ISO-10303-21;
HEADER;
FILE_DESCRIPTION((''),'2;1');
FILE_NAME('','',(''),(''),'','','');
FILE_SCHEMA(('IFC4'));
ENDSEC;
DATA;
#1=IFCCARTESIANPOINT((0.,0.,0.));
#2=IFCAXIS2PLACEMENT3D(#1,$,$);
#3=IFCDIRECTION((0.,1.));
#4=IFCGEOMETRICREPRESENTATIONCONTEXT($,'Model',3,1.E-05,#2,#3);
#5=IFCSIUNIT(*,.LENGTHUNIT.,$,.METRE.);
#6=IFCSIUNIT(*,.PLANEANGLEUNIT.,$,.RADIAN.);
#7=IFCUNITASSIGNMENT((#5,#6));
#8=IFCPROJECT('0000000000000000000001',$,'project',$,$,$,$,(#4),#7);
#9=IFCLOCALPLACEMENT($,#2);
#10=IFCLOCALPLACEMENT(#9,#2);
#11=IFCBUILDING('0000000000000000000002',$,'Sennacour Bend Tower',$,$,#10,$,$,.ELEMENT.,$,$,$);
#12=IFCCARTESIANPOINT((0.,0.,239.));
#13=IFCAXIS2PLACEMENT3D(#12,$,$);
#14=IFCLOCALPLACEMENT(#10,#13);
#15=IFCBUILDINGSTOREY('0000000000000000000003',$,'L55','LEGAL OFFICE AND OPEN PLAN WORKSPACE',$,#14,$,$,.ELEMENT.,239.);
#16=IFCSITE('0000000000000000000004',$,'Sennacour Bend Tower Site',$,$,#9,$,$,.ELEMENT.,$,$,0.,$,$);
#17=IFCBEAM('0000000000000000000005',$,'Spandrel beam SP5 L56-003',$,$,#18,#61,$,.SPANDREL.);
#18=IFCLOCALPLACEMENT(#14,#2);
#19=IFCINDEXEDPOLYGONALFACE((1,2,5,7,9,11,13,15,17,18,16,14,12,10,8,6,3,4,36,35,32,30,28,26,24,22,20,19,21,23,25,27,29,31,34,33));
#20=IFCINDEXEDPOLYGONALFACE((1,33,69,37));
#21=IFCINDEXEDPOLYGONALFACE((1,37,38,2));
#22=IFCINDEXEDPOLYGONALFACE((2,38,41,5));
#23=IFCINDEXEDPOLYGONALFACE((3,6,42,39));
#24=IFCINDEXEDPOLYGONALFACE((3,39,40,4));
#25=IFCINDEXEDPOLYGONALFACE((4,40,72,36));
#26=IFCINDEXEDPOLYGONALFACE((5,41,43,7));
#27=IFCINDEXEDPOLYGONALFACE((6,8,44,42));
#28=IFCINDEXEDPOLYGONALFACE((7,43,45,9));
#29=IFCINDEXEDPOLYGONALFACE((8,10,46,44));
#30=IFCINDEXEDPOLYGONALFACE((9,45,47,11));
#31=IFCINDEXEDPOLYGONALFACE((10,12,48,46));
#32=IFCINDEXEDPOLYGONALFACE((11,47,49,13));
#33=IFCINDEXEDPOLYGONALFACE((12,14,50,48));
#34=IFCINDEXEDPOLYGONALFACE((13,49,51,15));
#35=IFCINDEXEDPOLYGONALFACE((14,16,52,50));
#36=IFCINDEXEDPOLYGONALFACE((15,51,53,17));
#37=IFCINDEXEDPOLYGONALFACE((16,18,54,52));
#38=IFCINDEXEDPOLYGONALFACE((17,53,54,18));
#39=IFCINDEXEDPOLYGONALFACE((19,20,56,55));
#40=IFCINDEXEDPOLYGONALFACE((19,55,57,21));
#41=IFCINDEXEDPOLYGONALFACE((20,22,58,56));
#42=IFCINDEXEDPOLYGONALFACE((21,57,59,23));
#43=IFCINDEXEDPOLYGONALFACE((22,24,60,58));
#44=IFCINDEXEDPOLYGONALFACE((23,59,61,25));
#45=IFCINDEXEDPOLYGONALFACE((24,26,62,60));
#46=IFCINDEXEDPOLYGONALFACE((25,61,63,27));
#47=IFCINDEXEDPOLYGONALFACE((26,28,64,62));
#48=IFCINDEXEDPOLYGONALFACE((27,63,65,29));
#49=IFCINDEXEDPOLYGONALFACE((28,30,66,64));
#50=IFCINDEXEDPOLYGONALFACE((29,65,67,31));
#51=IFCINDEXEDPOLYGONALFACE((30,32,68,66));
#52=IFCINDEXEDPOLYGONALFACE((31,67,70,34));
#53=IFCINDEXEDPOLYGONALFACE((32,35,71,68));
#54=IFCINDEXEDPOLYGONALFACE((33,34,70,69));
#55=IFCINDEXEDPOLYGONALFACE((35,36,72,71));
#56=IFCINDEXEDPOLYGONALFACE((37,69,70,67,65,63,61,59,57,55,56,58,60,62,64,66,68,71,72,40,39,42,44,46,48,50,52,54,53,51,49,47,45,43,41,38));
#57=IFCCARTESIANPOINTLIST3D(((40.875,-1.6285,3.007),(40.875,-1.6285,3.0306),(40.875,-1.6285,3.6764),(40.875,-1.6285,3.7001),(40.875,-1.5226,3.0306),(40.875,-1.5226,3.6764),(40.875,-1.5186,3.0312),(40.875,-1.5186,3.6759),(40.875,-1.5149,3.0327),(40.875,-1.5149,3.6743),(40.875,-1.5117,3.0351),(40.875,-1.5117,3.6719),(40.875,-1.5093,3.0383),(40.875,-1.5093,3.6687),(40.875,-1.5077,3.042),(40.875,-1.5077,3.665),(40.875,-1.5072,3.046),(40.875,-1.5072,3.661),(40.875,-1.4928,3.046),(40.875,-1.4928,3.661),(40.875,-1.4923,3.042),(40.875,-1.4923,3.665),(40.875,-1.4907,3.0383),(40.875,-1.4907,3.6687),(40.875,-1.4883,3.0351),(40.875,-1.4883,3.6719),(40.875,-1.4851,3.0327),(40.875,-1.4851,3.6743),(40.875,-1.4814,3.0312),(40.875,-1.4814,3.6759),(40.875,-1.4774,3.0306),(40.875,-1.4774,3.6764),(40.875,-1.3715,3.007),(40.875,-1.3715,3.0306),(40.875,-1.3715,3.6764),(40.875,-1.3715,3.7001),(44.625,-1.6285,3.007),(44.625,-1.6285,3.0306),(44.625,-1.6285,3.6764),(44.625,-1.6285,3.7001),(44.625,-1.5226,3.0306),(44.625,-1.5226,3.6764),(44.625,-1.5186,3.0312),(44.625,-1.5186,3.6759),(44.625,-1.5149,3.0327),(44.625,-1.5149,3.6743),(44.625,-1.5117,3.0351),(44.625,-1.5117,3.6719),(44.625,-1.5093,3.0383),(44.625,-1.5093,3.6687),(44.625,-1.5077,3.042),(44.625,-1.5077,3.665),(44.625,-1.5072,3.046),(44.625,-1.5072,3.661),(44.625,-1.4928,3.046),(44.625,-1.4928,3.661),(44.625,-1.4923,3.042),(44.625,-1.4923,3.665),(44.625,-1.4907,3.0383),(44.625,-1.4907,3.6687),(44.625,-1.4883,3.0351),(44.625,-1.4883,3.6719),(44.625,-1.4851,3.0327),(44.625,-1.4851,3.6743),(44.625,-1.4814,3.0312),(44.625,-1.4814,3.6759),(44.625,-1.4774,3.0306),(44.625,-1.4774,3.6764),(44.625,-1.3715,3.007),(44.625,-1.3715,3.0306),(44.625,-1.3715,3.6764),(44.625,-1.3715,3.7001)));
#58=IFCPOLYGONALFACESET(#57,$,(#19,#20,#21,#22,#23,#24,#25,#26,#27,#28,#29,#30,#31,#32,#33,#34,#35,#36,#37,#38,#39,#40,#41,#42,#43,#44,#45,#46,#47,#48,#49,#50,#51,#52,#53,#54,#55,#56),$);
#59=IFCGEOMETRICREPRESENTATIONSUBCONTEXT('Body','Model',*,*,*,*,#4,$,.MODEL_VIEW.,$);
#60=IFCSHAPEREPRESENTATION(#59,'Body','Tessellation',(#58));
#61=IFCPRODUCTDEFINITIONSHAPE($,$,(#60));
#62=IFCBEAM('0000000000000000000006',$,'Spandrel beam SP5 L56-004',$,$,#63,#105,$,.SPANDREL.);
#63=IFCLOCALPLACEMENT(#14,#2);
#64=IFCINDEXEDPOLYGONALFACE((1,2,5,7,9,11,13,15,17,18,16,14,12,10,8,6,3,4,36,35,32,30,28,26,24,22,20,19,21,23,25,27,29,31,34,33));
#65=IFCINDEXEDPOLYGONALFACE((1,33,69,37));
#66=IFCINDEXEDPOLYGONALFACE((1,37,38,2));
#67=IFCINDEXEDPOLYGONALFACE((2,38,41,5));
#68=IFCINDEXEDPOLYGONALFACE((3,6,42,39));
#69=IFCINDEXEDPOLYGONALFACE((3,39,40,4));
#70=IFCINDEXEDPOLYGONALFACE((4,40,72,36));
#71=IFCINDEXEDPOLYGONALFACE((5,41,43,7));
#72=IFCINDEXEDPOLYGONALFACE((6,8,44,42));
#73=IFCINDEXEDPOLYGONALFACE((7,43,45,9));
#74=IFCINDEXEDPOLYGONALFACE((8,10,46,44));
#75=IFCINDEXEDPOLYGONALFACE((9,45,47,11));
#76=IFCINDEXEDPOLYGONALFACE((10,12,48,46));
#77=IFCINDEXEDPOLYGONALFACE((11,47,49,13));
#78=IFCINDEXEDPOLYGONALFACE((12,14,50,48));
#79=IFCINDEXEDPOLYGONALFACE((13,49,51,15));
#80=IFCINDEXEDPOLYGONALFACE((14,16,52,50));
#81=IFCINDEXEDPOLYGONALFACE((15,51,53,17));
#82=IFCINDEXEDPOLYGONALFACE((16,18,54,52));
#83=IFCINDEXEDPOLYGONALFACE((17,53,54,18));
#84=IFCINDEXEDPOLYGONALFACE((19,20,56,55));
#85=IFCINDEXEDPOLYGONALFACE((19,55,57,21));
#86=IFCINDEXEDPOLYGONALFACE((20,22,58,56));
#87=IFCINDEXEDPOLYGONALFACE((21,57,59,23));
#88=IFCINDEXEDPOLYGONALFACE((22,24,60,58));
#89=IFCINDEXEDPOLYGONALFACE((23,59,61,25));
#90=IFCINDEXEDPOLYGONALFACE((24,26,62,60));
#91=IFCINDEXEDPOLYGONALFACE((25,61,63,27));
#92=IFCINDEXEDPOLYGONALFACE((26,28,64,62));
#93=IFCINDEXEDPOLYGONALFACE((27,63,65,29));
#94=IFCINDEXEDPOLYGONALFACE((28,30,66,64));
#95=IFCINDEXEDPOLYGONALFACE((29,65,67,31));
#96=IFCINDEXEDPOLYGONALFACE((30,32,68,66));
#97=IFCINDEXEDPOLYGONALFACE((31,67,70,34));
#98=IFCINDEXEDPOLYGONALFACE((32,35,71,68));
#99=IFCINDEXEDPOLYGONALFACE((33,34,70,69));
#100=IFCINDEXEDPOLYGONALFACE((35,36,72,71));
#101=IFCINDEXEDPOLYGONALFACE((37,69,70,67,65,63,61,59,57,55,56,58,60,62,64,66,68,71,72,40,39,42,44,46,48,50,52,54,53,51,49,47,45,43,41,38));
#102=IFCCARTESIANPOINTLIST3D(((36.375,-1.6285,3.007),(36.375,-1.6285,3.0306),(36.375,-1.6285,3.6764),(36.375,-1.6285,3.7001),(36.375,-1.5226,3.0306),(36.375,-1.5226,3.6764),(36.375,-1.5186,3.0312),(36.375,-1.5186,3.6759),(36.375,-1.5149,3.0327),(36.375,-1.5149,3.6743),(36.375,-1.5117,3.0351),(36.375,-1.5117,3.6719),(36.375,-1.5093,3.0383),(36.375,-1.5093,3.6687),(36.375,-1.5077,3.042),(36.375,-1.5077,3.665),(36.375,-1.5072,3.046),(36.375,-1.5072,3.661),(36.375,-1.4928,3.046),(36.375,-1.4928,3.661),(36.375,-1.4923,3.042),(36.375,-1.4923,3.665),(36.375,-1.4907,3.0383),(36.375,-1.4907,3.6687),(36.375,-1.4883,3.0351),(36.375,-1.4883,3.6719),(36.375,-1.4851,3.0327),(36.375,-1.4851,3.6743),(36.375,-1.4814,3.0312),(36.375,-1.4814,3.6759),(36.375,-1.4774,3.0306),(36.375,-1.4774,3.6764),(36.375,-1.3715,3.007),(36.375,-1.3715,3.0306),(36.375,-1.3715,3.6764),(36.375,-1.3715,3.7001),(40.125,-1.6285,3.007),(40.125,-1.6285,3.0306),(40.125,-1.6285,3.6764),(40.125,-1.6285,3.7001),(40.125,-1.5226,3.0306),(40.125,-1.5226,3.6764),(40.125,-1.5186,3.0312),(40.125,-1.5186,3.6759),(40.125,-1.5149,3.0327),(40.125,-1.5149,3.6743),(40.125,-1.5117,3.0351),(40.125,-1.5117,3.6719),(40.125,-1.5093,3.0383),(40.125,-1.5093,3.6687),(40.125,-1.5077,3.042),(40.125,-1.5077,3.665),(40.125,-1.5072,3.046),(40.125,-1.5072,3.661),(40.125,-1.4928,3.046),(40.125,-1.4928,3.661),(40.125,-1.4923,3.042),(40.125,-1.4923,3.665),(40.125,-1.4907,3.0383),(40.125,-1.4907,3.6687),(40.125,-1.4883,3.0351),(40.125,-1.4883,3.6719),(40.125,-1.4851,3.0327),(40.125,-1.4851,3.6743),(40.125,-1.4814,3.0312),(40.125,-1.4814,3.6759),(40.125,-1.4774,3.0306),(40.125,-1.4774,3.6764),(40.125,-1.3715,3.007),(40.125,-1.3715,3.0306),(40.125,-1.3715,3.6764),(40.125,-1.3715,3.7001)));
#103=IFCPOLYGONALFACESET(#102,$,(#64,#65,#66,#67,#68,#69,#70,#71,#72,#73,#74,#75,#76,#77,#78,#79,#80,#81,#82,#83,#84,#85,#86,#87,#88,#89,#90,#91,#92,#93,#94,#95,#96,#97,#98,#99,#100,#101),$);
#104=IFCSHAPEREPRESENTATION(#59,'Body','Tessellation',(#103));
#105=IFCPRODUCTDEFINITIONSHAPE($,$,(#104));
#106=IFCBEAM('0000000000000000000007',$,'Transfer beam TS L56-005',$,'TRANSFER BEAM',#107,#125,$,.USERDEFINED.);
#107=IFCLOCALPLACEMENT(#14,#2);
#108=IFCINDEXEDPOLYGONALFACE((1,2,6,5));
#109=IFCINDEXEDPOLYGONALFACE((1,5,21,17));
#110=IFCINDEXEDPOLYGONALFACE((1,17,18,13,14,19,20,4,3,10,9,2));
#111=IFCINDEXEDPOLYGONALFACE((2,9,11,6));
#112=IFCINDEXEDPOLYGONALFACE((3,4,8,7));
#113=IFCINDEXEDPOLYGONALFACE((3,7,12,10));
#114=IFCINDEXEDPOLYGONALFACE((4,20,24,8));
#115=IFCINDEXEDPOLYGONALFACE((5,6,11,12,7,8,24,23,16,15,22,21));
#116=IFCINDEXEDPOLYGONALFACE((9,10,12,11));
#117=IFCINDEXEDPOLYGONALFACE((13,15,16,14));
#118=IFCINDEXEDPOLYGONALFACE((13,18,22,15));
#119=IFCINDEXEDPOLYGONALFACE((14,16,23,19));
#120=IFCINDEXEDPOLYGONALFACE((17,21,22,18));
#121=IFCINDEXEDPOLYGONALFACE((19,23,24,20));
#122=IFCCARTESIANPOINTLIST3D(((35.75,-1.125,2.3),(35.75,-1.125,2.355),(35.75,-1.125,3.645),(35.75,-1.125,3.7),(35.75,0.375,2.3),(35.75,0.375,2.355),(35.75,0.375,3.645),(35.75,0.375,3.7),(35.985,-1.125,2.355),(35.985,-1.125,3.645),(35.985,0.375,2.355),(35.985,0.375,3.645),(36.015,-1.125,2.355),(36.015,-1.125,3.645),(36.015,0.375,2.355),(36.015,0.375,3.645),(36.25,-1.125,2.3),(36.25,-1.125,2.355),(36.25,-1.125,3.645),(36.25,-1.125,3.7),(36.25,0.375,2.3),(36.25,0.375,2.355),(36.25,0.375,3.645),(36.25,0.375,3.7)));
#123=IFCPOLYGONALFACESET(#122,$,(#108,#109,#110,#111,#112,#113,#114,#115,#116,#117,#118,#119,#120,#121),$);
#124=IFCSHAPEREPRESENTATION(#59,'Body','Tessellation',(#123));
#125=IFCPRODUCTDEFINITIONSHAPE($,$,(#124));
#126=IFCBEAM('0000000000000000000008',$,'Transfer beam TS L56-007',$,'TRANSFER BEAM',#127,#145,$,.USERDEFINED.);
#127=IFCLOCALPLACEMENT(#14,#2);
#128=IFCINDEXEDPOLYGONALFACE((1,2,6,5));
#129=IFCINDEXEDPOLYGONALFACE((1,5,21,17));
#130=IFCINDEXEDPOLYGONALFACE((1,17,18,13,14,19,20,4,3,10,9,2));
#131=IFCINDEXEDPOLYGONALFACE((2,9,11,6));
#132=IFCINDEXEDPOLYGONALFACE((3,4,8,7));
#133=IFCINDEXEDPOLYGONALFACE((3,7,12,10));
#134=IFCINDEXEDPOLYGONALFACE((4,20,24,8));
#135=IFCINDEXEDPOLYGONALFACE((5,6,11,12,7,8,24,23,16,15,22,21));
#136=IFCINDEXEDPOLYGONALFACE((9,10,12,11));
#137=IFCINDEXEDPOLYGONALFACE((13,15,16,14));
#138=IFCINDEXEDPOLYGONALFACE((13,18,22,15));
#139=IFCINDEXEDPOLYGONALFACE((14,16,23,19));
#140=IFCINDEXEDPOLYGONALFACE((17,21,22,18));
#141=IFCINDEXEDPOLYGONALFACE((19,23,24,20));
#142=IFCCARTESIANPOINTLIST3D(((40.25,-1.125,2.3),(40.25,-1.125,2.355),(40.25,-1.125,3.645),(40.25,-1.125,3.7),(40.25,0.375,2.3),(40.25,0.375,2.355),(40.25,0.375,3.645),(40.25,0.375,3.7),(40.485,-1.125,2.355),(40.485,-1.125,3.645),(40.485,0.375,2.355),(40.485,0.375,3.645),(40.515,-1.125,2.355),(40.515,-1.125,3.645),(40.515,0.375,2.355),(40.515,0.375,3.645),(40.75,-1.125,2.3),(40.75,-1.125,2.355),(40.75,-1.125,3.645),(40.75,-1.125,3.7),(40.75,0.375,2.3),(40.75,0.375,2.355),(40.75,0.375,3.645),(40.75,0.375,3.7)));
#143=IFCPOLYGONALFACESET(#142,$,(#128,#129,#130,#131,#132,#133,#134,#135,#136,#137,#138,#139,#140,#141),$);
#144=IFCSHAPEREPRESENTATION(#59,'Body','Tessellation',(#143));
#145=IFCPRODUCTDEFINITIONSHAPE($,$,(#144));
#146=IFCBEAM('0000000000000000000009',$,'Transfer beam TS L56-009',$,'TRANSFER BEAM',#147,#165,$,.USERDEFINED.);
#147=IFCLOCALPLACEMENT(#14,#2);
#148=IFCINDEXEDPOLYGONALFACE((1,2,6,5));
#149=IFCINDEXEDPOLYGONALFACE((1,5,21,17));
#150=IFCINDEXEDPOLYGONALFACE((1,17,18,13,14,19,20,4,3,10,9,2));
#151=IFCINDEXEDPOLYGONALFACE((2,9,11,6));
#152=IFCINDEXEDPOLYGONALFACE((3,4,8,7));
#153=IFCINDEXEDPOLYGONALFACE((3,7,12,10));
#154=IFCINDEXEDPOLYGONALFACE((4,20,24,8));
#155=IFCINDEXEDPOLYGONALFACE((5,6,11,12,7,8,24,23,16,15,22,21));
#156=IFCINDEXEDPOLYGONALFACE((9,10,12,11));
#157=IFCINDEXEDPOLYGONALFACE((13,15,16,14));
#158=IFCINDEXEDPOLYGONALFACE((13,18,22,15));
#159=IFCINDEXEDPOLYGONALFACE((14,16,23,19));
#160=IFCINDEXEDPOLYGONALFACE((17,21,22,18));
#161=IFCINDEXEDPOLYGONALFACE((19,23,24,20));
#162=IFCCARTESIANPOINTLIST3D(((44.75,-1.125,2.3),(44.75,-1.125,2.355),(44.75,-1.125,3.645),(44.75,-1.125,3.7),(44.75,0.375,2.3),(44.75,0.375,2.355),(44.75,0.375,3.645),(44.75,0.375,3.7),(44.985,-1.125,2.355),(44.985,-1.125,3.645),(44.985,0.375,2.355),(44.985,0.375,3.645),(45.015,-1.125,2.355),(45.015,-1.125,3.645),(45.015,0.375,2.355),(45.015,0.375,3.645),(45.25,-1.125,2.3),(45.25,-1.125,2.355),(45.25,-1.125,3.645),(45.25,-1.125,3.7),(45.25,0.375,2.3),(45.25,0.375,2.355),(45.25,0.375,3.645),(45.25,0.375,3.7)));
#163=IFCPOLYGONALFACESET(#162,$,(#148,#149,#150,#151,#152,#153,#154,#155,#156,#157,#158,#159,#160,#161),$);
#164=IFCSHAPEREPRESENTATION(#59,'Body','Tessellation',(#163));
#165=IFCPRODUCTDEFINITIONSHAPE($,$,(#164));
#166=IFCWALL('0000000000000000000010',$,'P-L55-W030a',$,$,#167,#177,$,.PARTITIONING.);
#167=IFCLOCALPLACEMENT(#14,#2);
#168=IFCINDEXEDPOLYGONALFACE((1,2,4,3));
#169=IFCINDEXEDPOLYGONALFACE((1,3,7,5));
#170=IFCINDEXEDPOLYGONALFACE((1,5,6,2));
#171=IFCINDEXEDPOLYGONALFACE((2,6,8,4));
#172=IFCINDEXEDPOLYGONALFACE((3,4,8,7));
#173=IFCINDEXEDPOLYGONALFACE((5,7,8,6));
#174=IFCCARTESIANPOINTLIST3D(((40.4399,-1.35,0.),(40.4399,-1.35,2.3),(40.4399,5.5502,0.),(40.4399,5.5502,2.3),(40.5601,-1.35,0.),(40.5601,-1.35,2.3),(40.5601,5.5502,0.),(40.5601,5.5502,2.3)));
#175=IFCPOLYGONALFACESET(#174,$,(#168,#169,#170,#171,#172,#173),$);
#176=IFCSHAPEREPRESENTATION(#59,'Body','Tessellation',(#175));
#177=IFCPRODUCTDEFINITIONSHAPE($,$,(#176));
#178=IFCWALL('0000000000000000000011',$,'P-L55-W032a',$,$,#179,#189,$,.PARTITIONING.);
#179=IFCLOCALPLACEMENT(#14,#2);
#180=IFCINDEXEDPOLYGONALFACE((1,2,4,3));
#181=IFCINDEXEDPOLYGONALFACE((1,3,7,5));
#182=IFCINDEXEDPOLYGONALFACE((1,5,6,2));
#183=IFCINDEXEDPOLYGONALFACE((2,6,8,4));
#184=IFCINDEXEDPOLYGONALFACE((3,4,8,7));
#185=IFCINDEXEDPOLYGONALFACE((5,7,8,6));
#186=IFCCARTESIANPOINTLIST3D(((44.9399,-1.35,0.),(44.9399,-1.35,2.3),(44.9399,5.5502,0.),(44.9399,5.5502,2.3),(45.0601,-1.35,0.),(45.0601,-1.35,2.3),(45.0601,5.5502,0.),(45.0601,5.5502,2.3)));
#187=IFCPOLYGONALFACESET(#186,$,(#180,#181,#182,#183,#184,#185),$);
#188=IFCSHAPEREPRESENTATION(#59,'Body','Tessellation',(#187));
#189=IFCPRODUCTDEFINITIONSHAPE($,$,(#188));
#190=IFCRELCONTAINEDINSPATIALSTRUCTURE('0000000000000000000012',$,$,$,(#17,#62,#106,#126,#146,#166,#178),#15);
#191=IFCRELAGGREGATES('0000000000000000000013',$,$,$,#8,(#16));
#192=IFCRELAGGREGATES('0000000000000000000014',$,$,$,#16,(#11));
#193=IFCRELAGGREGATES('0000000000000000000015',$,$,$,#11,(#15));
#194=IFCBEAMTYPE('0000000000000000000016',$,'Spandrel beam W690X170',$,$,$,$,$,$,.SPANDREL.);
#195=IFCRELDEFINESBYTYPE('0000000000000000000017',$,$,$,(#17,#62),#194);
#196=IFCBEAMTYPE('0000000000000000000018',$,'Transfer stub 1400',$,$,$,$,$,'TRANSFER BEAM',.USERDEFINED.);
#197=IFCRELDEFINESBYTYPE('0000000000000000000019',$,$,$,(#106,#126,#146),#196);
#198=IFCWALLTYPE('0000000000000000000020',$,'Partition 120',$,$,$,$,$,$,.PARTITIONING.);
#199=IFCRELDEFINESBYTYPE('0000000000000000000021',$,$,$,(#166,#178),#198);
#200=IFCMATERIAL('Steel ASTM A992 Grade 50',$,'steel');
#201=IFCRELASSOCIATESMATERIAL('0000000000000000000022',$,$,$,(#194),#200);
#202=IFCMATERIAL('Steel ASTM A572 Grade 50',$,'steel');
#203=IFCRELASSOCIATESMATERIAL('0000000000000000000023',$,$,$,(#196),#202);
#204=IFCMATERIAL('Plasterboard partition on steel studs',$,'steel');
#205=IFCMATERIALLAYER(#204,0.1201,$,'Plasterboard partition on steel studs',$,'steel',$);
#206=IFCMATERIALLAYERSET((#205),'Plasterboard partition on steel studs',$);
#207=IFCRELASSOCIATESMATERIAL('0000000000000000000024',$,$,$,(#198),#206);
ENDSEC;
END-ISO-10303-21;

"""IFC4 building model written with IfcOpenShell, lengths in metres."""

from ifc_helpers import new_model, si_unit, direction, frame, frame_2d, origin, origin_2d, place, context, subcontext, project, spatial, rectangle, i_section, extrude, material, layer, layer_set, material_profile, profile_set, type_object, element, save


model = new_model("IFC4")

# Units and contexts
model_context = context("Model", 3, precision=1e-05, world=origin(), true_north=direction((0.0, 1.0)))
body_context = subcontext(model_context, "Body", "Model", "MODEL_VIEW")
ifc_project = project(units=[si_unit("LENGTHUNIT", "METRE"), si_unit("PLANEANGLEUNIT", "RADIAN")], contexts=[model_context])

# Site, building, storey
site_placement = place(None, origin())
site = spatial("IfcSite", under=ifc_project, at=site_placement, Name="Sennacour Bend Tower Site", CompositionType="ELEMENT", RefElevation=0.0)
building_placement = place(site_placement, origin())
building = spatial("IfcBuilding", under=site, at=building_placement, Name="Sennacour Bend Tower", CompositionType="ELEMENT")
storey_placement = place(building_placement, frame((0.0, 0.0, 239.0)))
storey = spatial("IfcBuildingStorey", under=building, at=storey_placement, Name="L55", Description="LEGAL OFFICE AND OPEN PLAN WORKSPACE", CompositionType="ELEMENT", Elevation=239.0)

# Shared definitions
ifc_material_1 = material(Name="Steel ASTM A572 Grade 50", Category="steel")

# Beams
ifc_material_2 = material(Name="Steel ASTM A992 Grade 50", Category="steel")
ifc_material_profile_1 = material_profile(ifc_material_2, i_section(OverallWidth=0.2571, OverallDepth=0.6931, WebThickness=0.0144, FlangeThickness=0.0237, FilletRadius=0.0154, at=origin_2d()), Name="Steel ASTM A992 Grade 50", Category="steel")
ifc_profile_set_1 = profile_set([ifc_material_profile_1], Name="Steel ASTM A992 Grade 50")
beam_type_1 = type_object("IfcBeamType", Name="Spandrel beam W690X170", PredefinedType="SPANDREL", material=ifc_profile_set_1)
for number, where, z_axis, x_axis, name in (
    (1, (44.625, -1.5, 3.3535), (-1.0, 0.0, 0.0), (0.0, -1.0, 0.0), "Spandrel beam SP5 L56-003"),
    (2, (40.125, -1.5, 3.3535), (-1.0, 0.0, 0.0), (0.0, -1.0, 0.0), "Spandrel beam SP5 L56-004"),
):
    element("IfcBeam", number, at=place(storey_placement, frame(where, z_axis=z_axis, x_axis=x_axis)), inside=storey, type_object=beam_type_1, Name=name, PredefinedType="SPANDREL", context=body_context, shape_type="SweptSolid", body=[
        extrude(i_section(OverallWidth=0.2571, OverallDepth=0.6931, WebThickness=0.0144, FlangeThickness=0.0237, FilletRadius=0.0154, at=origin_2d()), origin(), (0.0, 0.0, 1.0), 3.75),
    ])
ifc_material_profile_2 = material_profile(ifc_material_1, i_section(OverallWidth=0.5, OverallDepth=1.3999, WebThickness=0.03, FlangeThickness=0.0549, at=origin_2d()), Name="Steel ASTM A572 Grade 50", Category="steel")
ifc_profile_set_2 = profile_set([ifc_material_profile_2], Name="Steel ASTM A572 Grade 50")
beam_type_2 = type_object("IfcBeamType", Name="Transfer stub 1400", ElementType="TRANSFER BEAM", PredefinedType="USERDEFINED", material=ifc_profile_set_2)
for number, where, z_axis, x_axis, name in (
    (3, (36.0, -1.125, 3.0), (0.0, 1.0, 0.0), (-1.0, 0.0, 0.0), "Transfer beam TS L56-005"),
    (4, (40.5, -1.125, 3.0), (0.0, 1.0, 0.0), (-1.0, 0.0, 0.0), "Transfer beam TS L56-007"),
    (5, (45.0, -1.125, 3.0), (0.0, 1.0, 0.0), (-1.0, 0.0, 0.0), "Transfer beam TS L56-009"),
):
    element("IfcBeam", number, at=place(storey_placement, frame(where, z_axis=z_axis, x_axis=x_axis)), inside=storey, type_object=beam_type_2, Name=name, ObjectType="TRANSFER BEAM", PredefinedType="USERDEFINED", context=body_context, shape_type="SweptSolid", body=[
        extrude(i_section(OverallWidth=0.5, OverallDepth=1.3999, WebThickness=0.03, FlangeThickness=0.0549, at=origin_2d()), origin(), (0.0, 0.0, 1.0), 1.5),
    ])

# Walls
ifc_material_3 = material(Name="Plasterboard partition on steel studs", Category="steel")
ifc_layer_1 = layer(ifc_material_3, 0.1201, Name="Plasterboard partition on steel studs", Category="steel")
ifc_layer_set_1 = layer_set([ifc_layer_1], Name="Plasterboard partition on steel studs")
wall_type_1 = type_object("IfcWallType", Name="Partition 120", PredefinedType="PARTITIONING", material=ifc_layer_set_1)
for number, where, z_axis, x_axis, name in (
    (6, (40.5, -1.3501, 0.0), (0.0, 0.0, 1.0), (0.0, 1.0, 0.0), "P-L55-W030a"),
    (7, (45.0, -1.3501, 0.0), (0.0, 0.0, 1.0), (0.0, 1.0, 0.0), "P-L55-W032a"),
):
    element("IfcWall", number, at=place(storey_placement, frame(where, z_axis=z_axis, x_axis=x_axis)), inside=storey, type_object=wall_type_1, Name=name, PredefinedType="PARTITIONING", context=body_context, shape_type="SweptSolid", body=[
        extrude(rectangle(XDim=6.9001, YDim=0.1201, at=frame_2d((3.4502, 0.0))), origin(), (0.0, 0.0, 1.0), 2.3),
    ])

save(model, "model.ifc")
